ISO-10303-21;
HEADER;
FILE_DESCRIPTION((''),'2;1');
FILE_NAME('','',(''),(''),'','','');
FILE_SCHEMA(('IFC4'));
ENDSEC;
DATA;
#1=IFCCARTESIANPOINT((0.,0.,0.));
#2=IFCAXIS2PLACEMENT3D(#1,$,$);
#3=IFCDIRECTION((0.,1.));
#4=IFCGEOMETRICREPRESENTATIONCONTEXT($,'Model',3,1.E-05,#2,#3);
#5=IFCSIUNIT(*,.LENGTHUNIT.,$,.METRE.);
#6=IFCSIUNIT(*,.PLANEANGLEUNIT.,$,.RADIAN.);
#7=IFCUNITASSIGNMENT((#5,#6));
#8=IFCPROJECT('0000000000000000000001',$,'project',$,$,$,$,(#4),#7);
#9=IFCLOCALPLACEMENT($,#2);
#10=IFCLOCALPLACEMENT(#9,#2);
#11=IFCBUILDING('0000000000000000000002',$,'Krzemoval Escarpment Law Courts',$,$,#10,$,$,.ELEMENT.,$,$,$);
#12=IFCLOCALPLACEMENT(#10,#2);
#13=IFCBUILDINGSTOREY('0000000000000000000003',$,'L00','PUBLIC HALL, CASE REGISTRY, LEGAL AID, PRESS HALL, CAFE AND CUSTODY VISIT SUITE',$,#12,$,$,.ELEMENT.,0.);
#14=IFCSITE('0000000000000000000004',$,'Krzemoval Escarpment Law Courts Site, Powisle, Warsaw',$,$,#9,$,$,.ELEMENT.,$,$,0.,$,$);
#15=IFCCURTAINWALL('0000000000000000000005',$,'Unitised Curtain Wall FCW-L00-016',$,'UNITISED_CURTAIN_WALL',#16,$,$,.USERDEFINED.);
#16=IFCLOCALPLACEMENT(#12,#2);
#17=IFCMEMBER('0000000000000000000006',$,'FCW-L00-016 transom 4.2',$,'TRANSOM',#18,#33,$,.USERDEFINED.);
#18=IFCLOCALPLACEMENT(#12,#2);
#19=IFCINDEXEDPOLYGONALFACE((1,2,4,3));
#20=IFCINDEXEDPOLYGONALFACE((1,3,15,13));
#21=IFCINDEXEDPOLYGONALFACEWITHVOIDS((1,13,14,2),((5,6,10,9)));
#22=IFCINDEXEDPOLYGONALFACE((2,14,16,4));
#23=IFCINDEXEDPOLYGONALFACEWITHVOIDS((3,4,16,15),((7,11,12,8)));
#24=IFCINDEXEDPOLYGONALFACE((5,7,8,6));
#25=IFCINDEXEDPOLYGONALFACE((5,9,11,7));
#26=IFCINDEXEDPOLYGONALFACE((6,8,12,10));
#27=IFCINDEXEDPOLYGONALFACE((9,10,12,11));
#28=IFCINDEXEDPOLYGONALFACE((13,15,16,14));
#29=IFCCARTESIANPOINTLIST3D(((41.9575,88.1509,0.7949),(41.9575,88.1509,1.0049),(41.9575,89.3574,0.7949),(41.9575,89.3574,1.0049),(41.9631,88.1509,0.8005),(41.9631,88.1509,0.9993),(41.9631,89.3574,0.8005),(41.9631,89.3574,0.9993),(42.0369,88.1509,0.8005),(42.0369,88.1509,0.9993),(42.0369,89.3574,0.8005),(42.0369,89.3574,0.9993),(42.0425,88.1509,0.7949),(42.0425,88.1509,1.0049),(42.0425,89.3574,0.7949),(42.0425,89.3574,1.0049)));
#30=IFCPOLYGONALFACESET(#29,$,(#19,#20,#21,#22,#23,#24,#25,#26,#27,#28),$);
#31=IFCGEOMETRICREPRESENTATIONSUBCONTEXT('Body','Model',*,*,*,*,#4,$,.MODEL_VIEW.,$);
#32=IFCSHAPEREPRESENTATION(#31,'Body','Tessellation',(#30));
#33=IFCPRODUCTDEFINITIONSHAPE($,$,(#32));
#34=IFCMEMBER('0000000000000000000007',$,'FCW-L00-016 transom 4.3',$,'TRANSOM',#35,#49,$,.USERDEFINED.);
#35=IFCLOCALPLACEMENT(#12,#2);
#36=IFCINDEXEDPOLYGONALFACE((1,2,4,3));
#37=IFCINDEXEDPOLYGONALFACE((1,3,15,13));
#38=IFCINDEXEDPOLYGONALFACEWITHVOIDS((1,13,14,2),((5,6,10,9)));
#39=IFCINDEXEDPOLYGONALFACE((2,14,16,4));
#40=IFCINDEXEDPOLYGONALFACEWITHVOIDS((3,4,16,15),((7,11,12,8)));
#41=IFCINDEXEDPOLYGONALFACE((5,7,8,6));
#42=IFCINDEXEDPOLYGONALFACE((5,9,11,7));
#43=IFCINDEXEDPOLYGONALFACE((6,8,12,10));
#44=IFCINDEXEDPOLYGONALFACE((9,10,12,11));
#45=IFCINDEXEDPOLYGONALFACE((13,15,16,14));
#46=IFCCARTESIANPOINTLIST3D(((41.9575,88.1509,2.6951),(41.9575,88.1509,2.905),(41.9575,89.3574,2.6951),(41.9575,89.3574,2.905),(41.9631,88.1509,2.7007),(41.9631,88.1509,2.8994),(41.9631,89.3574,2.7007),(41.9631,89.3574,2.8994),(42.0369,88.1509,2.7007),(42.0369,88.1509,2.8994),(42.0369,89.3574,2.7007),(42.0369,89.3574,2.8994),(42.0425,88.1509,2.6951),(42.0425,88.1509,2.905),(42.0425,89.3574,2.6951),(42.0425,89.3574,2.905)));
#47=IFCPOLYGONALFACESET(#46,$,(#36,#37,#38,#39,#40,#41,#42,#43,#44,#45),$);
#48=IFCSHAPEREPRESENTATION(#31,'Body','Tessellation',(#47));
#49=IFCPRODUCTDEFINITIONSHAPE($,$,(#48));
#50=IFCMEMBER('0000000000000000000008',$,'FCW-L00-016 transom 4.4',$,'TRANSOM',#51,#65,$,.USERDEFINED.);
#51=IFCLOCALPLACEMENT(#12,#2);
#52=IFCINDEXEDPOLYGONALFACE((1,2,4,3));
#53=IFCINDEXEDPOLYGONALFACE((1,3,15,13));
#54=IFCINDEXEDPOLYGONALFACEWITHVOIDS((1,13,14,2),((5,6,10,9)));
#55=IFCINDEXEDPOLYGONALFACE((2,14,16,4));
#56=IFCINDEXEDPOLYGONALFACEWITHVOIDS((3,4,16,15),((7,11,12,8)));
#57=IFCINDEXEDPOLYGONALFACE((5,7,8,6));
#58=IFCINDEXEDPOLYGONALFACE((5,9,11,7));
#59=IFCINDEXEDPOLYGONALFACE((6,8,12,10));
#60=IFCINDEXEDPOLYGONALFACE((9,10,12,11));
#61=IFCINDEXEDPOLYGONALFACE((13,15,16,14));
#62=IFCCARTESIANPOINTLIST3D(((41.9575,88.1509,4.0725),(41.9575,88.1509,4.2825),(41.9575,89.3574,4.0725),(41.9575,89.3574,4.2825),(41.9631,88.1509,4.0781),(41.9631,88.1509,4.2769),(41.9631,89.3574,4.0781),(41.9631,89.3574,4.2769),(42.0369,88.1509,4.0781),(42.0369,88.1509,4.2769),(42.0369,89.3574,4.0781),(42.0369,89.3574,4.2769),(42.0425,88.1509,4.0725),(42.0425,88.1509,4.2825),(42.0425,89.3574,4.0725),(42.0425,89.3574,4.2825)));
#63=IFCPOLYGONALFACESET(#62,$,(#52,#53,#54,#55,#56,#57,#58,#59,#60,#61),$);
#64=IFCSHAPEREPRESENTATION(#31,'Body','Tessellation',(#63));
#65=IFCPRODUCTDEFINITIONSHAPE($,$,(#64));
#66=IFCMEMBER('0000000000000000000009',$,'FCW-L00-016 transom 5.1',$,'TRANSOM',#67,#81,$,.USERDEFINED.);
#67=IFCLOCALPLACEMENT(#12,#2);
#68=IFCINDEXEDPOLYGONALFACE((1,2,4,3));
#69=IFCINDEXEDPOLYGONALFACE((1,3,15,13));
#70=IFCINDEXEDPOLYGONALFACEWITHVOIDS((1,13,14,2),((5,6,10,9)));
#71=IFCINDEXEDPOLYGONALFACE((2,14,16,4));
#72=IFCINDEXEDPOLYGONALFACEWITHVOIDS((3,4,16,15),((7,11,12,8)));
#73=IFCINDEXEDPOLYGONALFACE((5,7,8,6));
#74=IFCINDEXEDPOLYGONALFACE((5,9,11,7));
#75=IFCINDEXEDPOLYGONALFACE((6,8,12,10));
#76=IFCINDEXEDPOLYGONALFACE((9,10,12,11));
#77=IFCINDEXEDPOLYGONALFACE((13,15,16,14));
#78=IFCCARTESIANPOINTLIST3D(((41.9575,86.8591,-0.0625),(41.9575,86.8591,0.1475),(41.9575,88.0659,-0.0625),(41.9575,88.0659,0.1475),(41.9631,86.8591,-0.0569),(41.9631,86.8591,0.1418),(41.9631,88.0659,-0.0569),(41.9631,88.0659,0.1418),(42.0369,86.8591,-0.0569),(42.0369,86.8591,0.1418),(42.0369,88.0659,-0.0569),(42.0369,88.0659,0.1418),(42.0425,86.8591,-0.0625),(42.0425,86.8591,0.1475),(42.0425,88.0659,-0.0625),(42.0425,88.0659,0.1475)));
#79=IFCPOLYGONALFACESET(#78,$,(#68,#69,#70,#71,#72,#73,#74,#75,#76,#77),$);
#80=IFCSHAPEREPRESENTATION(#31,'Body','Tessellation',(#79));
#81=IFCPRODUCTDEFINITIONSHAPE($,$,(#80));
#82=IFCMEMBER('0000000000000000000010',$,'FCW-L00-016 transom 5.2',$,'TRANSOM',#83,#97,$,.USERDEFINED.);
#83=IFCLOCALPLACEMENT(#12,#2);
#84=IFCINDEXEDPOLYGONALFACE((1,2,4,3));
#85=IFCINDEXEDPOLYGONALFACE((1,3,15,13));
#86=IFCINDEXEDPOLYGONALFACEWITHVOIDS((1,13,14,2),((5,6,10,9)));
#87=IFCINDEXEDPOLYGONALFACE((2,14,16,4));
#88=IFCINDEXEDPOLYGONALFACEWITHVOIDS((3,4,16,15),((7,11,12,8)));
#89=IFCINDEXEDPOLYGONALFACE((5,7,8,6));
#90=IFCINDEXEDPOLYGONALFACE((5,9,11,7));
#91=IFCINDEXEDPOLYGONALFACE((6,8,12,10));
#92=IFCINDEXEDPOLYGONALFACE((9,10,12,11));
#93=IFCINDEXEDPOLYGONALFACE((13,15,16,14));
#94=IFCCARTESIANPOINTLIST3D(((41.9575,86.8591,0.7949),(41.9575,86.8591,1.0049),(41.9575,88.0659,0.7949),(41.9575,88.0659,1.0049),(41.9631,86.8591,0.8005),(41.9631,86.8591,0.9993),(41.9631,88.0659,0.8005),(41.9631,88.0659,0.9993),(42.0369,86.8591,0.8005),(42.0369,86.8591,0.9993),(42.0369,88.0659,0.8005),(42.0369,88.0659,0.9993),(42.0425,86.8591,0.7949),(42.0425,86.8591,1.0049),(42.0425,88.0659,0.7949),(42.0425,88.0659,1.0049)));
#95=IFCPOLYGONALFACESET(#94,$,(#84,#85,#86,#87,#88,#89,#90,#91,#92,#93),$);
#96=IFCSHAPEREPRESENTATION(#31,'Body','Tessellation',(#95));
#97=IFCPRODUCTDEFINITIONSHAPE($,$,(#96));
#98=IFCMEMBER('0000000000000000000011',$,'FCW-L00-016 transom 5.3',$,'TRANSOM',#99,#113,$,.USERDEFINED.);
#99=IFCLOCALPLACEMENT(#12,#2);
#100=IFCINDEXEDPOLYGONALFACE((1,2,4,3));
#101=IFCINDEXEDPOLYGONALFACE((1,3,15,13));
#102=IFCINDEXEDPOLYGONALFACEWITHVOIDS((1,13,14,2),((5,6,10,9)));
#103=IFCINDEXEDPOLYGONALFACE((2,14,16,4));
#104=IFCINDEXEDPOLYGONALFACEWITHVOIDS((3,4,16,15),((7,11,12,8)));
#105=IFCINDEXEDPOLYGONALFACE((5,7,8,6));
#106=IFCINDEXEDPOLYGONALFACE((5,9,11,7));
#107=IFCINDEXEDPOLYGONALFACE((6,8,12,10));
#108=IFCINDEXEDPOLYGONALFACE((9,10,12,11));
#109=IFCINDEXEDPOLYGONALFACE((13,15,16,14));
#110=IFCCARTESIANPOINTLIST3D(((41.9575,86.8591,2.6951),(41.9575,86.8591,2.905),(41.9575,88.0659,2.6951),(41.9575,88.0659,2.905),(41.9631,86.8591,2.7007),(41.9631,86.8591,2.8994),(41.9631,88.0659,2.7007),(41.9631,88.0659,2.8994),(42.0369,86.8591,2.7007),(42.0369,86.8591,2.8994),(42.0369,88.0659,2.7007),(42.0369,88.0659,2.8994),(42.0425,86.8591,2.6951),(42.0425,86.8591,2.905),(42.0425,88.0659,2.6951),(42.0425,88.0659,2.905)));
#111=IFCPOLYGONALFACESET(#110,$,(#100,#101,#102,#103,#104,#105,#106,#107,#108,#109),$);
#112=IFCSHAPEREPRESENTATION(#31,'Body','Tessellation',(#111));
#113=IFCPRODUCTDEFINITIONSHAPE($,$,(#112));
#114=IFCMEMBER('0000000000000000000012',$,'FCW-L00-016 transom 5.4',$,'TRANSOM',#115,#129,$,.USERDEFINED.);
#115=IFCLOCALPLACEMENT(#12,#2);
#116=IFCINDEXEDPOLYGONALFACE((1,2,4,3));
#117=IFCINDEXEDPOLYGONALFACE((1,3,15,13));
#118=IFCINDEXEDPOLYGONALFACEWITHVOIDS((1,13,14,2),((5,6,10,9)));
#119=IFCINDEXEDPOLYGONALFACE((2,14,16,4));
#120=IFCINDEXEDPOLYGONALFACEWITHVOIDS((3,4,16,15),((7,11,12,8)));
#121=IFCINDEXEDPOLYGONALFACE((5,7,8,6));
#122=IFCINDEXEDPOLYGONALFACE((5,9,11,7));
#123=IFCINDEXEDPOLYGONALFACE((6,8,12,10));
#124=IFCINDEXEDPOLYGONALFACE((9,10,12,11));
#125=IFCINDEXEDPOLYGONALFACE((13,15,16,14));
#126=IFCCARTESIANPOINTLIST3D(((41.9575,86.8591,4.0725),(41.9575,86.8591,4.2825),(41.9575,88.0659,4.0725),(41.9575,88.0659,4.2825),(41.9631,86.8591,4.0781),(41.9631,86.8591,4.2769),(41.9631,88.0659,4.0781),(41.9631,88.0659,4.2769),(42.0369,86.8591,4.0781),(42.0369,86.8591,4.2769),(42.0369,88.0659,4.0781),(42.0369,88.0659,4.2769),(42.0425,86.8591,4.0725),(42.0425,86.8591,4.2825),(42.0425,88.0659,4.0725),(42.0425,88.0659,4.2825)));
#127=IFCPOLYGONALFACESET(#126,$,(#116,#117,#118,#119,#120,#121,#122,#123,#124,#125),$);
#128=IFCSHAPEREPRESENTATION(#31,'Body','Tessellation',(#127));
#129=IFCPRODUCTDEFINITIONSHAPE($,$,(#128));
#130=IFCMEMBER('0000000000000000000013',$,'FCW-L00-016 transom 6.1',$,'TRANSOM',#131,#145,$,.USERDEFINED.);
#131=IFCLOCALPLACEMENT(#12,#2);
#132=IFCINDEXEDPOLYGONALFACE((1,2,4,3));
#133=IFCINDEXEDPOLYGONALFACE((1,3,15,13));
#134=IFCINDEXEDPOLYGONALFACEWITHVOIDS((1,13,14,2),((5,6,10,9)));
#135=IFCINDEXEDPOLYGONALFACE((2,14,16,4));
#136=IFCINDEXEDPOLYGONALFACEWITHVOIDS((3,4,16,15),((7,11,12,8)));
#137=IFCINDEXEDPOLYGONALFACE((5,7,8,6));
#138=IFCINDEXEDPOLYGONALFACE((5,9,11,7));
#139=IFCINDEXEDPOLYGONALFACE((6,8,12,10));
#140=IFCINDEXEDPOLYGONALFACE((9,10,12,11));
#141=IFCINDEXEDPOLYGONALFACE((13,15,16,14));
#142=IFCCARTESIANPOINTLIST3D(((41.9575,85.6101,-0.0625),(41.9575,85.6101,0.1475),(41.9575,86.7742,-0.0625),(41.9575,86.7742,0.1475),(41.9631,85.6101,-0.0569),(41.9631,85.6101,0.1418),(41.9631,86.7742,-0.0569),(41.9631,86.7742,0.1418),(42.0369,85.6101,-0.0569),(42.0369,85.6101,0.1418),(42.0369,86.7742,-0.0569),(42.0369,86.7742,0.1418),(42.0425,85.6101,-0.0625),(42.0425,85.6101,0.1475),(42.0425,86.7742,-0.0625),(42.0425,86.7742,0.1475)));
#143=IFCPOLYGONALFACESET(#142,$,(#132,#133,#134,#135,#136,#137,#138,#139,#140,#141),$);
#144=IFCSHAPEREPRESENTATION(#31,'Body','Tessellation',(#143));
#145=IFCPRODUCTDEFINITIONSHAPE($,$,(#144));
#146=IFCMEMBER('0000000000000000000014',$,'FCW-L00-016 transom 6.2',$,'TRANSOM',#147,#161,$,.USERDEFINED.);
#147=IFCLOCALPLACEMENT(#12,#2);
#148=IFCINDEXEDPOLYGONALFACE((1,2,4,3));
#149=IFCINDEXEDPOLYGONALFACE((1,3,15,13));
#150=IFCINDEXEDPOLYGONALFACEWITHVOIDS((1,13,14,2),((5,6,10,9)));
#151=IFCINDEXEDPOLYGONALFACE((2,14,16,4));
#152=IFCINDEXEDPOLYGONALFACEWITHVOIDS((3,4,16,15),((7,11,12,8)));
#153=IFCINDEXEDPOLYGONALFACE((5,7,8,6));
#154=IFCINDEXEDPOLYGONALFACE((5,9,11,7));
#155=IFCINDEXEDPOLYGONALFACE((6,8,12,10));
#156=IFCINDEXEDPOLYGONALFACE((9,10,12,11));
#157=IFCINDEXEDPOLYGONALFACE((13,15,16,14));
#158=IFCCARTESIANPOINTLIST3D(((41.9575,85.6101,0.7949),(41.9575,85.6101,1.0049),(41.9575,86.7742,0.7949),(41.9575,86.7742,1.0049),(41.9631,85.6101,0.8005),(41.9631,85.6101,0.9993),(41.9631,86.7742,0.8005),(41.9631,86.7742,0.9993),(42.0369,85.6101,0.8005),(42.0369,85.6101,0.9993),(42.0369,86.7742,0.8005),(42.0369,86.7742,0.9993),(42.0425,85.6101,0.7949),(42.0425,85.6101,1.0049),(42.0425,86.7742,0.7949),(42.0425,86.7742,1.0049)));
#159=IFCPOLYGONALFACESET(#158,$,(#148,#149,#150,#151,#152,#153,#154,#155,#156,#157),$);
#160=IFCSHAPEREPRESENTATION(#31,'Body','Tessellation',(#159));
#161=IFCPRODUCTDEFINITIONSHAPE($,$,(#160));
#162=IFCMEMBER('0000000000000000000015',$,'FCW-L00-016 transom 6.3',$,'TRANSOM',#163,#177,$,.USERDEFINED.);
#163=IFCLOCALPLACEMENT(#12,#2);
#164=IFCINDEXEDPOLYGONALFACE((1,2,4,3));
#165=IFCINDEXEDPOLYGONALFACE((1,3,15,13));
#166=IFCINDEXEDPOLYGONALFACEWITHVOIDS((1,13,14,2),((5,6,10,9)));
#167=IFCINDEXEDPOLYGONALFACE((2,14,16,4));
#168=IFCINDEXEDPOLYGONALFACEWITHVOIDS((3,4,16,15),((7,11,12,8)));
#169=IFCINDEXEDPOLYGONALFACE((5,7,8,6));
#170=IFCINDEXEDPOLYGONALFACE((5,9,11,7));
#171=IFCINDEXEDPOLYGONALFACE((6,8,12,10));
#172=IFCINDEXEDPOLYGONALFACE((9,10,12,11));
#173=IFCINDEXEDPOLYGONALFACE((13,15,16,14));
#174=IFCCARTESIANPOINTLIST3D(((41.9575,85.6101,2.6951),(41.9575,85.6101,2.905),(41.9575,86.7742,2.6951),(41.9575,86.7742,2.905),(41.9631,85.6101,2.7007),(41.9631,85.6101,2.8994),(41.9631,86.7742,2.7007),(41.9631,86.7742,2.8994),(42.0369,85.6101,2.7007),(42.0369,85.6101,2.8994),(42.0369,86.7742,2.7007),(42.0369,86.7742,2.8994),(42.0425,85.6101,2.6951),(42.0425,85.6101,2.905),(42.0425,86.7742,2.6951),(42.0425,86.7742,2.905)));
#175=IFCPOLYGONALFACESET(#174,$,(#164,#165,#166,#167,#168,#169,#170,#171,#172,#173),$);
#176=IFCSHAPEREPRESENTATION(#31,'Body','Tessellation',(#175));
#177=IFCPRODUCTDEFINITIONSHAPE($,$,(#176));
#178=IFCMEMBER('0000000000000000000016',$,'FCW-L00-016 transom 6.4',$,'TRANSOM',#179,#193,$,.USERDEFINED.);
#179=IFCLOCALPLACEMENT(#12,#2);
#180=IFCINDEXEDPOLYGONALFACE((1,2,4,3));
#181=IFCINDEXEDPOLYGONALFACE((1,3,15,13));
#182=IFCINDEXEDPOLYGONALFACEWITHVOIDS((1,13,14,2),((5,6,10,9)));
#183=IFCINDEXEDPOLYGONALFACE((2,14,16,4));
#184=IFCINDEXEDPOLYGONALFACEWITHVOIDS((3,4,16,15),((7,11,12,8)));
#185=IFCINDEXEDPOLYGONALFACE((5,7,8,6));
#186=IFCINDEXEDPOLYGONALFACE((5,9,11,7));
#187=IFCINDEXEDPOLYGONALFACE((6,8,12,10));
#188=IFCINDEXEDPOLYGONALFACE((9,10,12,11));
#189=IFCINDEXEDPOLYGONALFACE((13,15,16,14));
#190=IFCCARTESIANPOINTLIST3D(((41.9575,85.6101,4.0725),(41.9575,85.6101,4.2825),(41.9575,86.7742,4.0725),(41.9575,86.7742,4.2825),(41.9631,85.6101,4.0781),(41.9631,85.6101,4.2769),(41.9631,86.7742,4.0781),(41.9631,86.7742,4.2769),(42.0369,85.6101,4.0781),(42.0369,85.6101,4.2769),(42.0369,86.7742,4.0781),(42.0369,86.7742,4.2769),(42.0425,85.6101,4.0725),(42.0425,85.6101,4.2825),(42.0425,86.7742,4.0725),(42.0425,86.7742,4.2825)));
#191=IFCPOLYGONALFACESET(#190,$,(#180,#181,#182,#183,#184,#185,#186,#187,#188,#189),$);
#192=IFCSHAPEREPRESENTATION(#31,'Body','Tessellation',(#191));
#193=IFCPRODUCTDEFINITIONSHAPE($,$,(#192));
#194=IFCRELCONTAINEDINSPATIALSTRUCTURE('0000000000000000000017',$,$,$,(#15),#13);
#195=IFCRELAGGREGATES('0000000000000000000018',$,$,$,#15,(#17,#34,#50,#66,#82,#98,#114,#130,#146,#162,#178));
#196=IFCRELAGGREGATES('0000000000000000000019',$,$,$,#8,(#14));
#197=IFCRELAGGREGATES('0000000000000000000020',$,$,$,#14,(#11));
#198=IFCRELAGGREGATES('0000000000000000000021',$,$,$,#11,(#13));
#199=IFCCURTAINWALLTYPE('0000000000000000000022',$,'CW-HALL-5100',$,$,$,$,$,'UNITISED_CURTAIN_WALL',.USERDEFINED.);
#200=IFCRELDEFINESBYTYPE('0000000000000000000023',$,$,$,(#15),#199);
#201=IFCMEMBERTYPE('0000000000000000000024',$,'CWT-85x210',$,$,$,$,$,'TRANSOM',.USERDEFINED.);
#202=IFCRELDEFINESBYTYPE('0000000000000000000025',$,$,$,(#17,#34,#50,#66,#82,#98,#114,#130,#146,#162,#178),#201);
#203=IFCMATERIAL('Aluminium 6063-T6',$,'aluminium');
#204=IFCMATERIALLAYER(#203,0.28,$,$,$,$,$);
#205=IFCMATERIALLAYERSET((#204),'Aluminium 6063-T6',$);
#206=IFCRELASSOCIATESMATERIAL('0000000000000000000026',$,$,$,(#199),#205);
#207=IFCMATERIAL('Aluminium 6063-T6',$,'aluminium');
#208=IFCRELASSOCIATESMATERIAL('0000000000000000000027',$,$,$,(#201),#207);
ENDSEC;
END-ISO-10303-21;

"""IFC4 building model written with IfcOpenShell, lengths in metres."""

from ifc_helpers import new_model, si_unit, direction, frame, origin, origin_2d, place, context, subcontext, project, spatial, hollow_rectangle, extrude, material, layer, layer_set, material_profile, profile_set, type_object, element, aggregate, save


model = new_model("IFC4")

# Units and contexts
model_context = context("Model", 3, precision=1e-05, world=origin(), true_north=direction((0.0, 1.0)))
body_context = subcontext(model_context, "Body", "Model", "MODEL_VIEW")
ifc_project = project(units=[si_unit("LENGTHUNIT", "METRE"), si_unit("PLANEANGLEUNIT", "RADIAN")], contexts=[model_context])

# Site, building, storey
site_placement = place(None, origin())
site = spatial("IfcSite", under=ifc_project, at=site_placement, Name="Krzemoval Escarpment Law Courts Site, Powisle, Warsaw", CompositionType="ELEMENT", RefElevation=0.0)
building_placement = place(site_placement, origin())
building = spatial("IfcBuilding", under=site, at=building_placement, Name="Krzemoval Escarpment Law Courts", CompositionType="ELEMENT")
storey_placement = place(building_placement, origin())
storey = spatial("IfcBuildingStorey", under=building, at=storey_placement, Name="L00", Description="PUBLIC HALL, CASE REGISTRY, LEGAL AID, PRESS HALL, CAFE AND CUSTODY VISIT SUITE", CompositionType="ELEMENT", Elevation=0.0)

# Curtain wall, members
ifc_material_1 = material(Name="Aluminium 6063-T6", Category="aluminium")
ifc_layer_1 = layer(ifc_material_1, 0.28)
ifc_layer_set_1 = layer_set([ifc_layer_1], Name="Aluminium 6063-T6")
curtain_wall_type = type_object("IfcCurtainWallType", Name="CW-HALL-5100", ElementType="UNITISED_CURTAIN_WALL", PredefinedType="USERDEFINED", material=ifc_layer_set_1)
curtain_wall_placement = place(storey_placement, origin())
curtain_wall = element("IfcCurtainWall", 1, at=curtain_wall_placement, inside=storey, type_object=curtain_wall_type, Name="Unitised Curtain Wall FCW-L00-016", ObjectType="UNITISED_CURTAIN_WALL", PredefinedType="USERDEFINED")
ifc_material_2 = material(Name="Aluminium 6063-T6", Category="aluminium")
ifc_material_profile_1 = material_profile(ifc_material_2, hollow_rectangle(XDim=0.085, YDim=0.21, WallThickness=0.0056, at=origin_2d()), Name="ALU T85x210")
ifc_profile_set_1 = profile_set([ifc_material_profile_1], Name="Aluminium 6063-T6")
member_type_1 = type_object("IfcMemberType", Name="CWT-85x210", ElementType="TRANSOM", PredefinedType="USERDEFINED", material=ifc_profile_set_1)
member_1_placement = place(storey_placement, frame((42.0, 89.3574, 0.8999), z_axis=(0.0, -1.0, 0.0), x_axis=(1.0, 0.0, 0.0)))
member_1 = element("IfcMember", 2, at=member_1_placement, type_object=member_type_1, Name="FCW-L00-016 transom 4.2", ObjectType="TRANSOM", PredefinedType="USERDEFINED", context=body_context, shape_type="SweptSolid", body=[
    extrude(hollow_rectangle(XDim=0.085, YDim=0.21, WallThickness=0.0056, at=origin_2d()), origin(), (0.0, 0.0, 1.0), 1.2065),
])
member_2_placement = place(storey_placement, frame((42.0, 89.3574, 2.8), z_axis=(0.0, -1.0, 0.0), x_axis=(1.0, 0.0, 0.0)))
member_2 = element("IfcMember", 3, at=member_2_placement, type_object=member_type_1, Name="FCW-L00-016 transom 4.3", ObjectType="TRANSOM", PredefinedType="USERDEFINED", context=body_context, shape_type="SweptSolid", body=[
    extrude(hollow_rectangle(XDim=0.085, YDim=0.21, WallThickness=0.0056, at=origin_2d()), origin(), (0.0, 0.0, 1.0), 1.2065),
])
member_3_placement = place(storey_placement, frame((42.0, 89.3574, 4.1775), z_axis=(0.0, -1.0, 0.0), x_axis=(1.0, 0.0, 0.0)))
member_3 = element("IfcMember", 4, at=member_3_placement, type_object=member_type_1, Name="FCW-L00-016 transom 4.4", ObjectType="TRANSOM", PredefinedType="USERDEFINED", context=body_context, shape_type="SweptSolid", body=[
    extrude(hollow_rectangle(XDim=0.085, YDim=0.21, WallThickness=0.0056, at=origin_2d()), origin(), (0.0, 0.0, 1.0), 1.2065),
])
member_4_placement = place(storey_placement, frame((42.0, 88.0659, 0.0425), z_axis=(0.0, -1.0, 0.0), x_axis=(1.0, 0.0, 0.0)))
member_4 = element("IfcMember", 5, at=member_4_placement, type_object=member_type_1, Name="FCW-L00-016 transom 5.1", ObjectType="TRANSOM", PredefinedType="USERDEFINED", context=body_context, shape_type="SweptSolid", body=[
    extrude(hollow_rectangle(XDim=0.085, YDim=0.21, WallThickness=0.0056, at=origin_2d()), origin(), (0.0, 0.0, 1.0), 1.2068),
])
member_5_placement = place(storey_placement, frame((42.0, 88.0659, 0.8999), z_axis=(0.0, -1.0, 0.0), x_axis=(1.0, 0.0, 0.0)))
member_5 = element("IfcMember", 6, at=member_5_placement, type_object=member_type_1, Name="FCW-L00-016 transom 5.2", ObjectType="TRANSOM", PredefinedType="USERDEFINED", context=body_context, shape_type="SweptSolid", body=[
    extrude(hollow_rectangle(XDim=0.085, YDim=0.21, WallThickness=0.0056, at=origin_2d()), origin(), (0.0, 0.0, 1.0), 1.2068),
])
member_6_placement = place(storey_placement, frame((42.0, 88.0659, 2.8), z_axis=(0.0, -1.0, 0.0), x_axis=(1.0, 0.0, 0.0)))
member_6 = element("IfcMember", 7, at=member_6_placement, type_object=member_type_1, Name="FCW-L00-016 transom 5.3", ObjectType="TRANSOM", PredefinedType="USERDEFINED", context=body_context, shape_type="SweptSolid", body=[
    extrude(hollow_rectangle(XDim=0.085, YDim=0.21, WallThickness=0.0056, at=origin_2d()), origin(), (0.0, 0.0, 1.0), 1.2068),
])
member_7_placement = place(storey_placement, frame((42.0, 88.0659, 4.1775), z_axis=(0.0, -1.0, 0.0), x_axis=(1.0, 0.0, 0.0)))
member_7 = element("IfcMember", 8, at=member_7_placement, type_object=member_type_1, Name="FCW-L00-016 transom 5.4", ObjectType="TRANSOM", PredefinedType="USERDEFINED", context=body_context, shape_type="SweptSolid", body=[
    extrude(hollow_rectangle(XDim=0.085, YDim=0.21, WallThickness=0.0056, at=origin_2d()), origin(), (0.0, 0.0, 1.0), 1.2068),
])
member_8_placement = place(storey_placement, frame((42.0, 86.7742, 0.0425), z_axis=(0.0, -1.0, 0.0), x_axis=(1.0, 0.0, 0.0)))
member_8 = element("IfcMember", 9, at=member_8_placement, type_object=member_type_1, Name="FCW-L00-016 transom 6.1", ObjectType="TRANSOM", PredefinedType="USERDEFINED", context=body_context, shape_type="SweptSolid", body=[
    extrude(hollow_rectangle(XDim=0.085, YDim=0.21, WallThickness=0.0056, at=origin_2d()), origin(), (0.0, 0.0, 1.0), 1.1641),
])
member_9_placement = place(storey_placement, frame((42.0, 86.7742, 0.8999), z_axis=(0.0, -1.0, 0.0), x_axis=(1.0, 0.0, 0.0)))
member_9 = element("IfcMember", 10, at=member_9_placement, type_object=member_type_1, Name="FCW-L00-016 transom 6.2", ObjectType="TRANSOM", PredefinedType="USERDEFINED", context=body_context, shape_type="SweptSolid", body=[
    extrude(hollow_rectangle(XDim=0.085, YDim=0.21, WallThickness=0.0056, at=origin_2d()), origin(), (0.0, 0.0, 1.0), 1.1641),
])
member_10_placement = place(storey_placement, frame((42.0, 86.7742, 2.8), z_axis=(0.0, -1.0, 0.0), x_axis=(1.0, 0.0, 0.0)))
member_10 = element("IfcMember", 11, at=member_10_placement, type_object=member_type_1, Name="FCW-L00-016 transom 6.3", ObjectType="TRANSOM", PredefinedType="USERDEFINED", context=body_context, shape_type="SweptSolid", body=[
    extrude(hollow_rectangle(XDim=0.085, YDim=0.21, WallThickness=0.0056, at=origin_2d()), origin(), (0.0, 0.0, 1.0), 1.1641),
])
member_11_placement = place(storey_placement, frame((42.0, 86.7742, 4.1775), z_axis=(0.0, -1.0, 0.0), x_axis=(1.0, 0.0, 0.0)))
member_11 = element("IfcMember", 12, at=member_11_placement, type_object=member_type_1, Name="FCW-L00-016 transom 6.4", ObjectType="TRANSOM", PredefinedType="USERDEFINED", context=body_context, shape_type="SweptSolid", body=[
    extrude(hollow_rectangle(XDim=0.085, YDim=0.21, WallThickness=0.0056, at=origin_2d()), origin(), (0.0, 0.0, 1.0), 1.1641),
])
aggregate(curtain_wall, [member_1, member_2, member_3, member_4, member_5, member_6, member_7, member_8, member_9, member_10, member_11])

save(model, "model.ifc")
